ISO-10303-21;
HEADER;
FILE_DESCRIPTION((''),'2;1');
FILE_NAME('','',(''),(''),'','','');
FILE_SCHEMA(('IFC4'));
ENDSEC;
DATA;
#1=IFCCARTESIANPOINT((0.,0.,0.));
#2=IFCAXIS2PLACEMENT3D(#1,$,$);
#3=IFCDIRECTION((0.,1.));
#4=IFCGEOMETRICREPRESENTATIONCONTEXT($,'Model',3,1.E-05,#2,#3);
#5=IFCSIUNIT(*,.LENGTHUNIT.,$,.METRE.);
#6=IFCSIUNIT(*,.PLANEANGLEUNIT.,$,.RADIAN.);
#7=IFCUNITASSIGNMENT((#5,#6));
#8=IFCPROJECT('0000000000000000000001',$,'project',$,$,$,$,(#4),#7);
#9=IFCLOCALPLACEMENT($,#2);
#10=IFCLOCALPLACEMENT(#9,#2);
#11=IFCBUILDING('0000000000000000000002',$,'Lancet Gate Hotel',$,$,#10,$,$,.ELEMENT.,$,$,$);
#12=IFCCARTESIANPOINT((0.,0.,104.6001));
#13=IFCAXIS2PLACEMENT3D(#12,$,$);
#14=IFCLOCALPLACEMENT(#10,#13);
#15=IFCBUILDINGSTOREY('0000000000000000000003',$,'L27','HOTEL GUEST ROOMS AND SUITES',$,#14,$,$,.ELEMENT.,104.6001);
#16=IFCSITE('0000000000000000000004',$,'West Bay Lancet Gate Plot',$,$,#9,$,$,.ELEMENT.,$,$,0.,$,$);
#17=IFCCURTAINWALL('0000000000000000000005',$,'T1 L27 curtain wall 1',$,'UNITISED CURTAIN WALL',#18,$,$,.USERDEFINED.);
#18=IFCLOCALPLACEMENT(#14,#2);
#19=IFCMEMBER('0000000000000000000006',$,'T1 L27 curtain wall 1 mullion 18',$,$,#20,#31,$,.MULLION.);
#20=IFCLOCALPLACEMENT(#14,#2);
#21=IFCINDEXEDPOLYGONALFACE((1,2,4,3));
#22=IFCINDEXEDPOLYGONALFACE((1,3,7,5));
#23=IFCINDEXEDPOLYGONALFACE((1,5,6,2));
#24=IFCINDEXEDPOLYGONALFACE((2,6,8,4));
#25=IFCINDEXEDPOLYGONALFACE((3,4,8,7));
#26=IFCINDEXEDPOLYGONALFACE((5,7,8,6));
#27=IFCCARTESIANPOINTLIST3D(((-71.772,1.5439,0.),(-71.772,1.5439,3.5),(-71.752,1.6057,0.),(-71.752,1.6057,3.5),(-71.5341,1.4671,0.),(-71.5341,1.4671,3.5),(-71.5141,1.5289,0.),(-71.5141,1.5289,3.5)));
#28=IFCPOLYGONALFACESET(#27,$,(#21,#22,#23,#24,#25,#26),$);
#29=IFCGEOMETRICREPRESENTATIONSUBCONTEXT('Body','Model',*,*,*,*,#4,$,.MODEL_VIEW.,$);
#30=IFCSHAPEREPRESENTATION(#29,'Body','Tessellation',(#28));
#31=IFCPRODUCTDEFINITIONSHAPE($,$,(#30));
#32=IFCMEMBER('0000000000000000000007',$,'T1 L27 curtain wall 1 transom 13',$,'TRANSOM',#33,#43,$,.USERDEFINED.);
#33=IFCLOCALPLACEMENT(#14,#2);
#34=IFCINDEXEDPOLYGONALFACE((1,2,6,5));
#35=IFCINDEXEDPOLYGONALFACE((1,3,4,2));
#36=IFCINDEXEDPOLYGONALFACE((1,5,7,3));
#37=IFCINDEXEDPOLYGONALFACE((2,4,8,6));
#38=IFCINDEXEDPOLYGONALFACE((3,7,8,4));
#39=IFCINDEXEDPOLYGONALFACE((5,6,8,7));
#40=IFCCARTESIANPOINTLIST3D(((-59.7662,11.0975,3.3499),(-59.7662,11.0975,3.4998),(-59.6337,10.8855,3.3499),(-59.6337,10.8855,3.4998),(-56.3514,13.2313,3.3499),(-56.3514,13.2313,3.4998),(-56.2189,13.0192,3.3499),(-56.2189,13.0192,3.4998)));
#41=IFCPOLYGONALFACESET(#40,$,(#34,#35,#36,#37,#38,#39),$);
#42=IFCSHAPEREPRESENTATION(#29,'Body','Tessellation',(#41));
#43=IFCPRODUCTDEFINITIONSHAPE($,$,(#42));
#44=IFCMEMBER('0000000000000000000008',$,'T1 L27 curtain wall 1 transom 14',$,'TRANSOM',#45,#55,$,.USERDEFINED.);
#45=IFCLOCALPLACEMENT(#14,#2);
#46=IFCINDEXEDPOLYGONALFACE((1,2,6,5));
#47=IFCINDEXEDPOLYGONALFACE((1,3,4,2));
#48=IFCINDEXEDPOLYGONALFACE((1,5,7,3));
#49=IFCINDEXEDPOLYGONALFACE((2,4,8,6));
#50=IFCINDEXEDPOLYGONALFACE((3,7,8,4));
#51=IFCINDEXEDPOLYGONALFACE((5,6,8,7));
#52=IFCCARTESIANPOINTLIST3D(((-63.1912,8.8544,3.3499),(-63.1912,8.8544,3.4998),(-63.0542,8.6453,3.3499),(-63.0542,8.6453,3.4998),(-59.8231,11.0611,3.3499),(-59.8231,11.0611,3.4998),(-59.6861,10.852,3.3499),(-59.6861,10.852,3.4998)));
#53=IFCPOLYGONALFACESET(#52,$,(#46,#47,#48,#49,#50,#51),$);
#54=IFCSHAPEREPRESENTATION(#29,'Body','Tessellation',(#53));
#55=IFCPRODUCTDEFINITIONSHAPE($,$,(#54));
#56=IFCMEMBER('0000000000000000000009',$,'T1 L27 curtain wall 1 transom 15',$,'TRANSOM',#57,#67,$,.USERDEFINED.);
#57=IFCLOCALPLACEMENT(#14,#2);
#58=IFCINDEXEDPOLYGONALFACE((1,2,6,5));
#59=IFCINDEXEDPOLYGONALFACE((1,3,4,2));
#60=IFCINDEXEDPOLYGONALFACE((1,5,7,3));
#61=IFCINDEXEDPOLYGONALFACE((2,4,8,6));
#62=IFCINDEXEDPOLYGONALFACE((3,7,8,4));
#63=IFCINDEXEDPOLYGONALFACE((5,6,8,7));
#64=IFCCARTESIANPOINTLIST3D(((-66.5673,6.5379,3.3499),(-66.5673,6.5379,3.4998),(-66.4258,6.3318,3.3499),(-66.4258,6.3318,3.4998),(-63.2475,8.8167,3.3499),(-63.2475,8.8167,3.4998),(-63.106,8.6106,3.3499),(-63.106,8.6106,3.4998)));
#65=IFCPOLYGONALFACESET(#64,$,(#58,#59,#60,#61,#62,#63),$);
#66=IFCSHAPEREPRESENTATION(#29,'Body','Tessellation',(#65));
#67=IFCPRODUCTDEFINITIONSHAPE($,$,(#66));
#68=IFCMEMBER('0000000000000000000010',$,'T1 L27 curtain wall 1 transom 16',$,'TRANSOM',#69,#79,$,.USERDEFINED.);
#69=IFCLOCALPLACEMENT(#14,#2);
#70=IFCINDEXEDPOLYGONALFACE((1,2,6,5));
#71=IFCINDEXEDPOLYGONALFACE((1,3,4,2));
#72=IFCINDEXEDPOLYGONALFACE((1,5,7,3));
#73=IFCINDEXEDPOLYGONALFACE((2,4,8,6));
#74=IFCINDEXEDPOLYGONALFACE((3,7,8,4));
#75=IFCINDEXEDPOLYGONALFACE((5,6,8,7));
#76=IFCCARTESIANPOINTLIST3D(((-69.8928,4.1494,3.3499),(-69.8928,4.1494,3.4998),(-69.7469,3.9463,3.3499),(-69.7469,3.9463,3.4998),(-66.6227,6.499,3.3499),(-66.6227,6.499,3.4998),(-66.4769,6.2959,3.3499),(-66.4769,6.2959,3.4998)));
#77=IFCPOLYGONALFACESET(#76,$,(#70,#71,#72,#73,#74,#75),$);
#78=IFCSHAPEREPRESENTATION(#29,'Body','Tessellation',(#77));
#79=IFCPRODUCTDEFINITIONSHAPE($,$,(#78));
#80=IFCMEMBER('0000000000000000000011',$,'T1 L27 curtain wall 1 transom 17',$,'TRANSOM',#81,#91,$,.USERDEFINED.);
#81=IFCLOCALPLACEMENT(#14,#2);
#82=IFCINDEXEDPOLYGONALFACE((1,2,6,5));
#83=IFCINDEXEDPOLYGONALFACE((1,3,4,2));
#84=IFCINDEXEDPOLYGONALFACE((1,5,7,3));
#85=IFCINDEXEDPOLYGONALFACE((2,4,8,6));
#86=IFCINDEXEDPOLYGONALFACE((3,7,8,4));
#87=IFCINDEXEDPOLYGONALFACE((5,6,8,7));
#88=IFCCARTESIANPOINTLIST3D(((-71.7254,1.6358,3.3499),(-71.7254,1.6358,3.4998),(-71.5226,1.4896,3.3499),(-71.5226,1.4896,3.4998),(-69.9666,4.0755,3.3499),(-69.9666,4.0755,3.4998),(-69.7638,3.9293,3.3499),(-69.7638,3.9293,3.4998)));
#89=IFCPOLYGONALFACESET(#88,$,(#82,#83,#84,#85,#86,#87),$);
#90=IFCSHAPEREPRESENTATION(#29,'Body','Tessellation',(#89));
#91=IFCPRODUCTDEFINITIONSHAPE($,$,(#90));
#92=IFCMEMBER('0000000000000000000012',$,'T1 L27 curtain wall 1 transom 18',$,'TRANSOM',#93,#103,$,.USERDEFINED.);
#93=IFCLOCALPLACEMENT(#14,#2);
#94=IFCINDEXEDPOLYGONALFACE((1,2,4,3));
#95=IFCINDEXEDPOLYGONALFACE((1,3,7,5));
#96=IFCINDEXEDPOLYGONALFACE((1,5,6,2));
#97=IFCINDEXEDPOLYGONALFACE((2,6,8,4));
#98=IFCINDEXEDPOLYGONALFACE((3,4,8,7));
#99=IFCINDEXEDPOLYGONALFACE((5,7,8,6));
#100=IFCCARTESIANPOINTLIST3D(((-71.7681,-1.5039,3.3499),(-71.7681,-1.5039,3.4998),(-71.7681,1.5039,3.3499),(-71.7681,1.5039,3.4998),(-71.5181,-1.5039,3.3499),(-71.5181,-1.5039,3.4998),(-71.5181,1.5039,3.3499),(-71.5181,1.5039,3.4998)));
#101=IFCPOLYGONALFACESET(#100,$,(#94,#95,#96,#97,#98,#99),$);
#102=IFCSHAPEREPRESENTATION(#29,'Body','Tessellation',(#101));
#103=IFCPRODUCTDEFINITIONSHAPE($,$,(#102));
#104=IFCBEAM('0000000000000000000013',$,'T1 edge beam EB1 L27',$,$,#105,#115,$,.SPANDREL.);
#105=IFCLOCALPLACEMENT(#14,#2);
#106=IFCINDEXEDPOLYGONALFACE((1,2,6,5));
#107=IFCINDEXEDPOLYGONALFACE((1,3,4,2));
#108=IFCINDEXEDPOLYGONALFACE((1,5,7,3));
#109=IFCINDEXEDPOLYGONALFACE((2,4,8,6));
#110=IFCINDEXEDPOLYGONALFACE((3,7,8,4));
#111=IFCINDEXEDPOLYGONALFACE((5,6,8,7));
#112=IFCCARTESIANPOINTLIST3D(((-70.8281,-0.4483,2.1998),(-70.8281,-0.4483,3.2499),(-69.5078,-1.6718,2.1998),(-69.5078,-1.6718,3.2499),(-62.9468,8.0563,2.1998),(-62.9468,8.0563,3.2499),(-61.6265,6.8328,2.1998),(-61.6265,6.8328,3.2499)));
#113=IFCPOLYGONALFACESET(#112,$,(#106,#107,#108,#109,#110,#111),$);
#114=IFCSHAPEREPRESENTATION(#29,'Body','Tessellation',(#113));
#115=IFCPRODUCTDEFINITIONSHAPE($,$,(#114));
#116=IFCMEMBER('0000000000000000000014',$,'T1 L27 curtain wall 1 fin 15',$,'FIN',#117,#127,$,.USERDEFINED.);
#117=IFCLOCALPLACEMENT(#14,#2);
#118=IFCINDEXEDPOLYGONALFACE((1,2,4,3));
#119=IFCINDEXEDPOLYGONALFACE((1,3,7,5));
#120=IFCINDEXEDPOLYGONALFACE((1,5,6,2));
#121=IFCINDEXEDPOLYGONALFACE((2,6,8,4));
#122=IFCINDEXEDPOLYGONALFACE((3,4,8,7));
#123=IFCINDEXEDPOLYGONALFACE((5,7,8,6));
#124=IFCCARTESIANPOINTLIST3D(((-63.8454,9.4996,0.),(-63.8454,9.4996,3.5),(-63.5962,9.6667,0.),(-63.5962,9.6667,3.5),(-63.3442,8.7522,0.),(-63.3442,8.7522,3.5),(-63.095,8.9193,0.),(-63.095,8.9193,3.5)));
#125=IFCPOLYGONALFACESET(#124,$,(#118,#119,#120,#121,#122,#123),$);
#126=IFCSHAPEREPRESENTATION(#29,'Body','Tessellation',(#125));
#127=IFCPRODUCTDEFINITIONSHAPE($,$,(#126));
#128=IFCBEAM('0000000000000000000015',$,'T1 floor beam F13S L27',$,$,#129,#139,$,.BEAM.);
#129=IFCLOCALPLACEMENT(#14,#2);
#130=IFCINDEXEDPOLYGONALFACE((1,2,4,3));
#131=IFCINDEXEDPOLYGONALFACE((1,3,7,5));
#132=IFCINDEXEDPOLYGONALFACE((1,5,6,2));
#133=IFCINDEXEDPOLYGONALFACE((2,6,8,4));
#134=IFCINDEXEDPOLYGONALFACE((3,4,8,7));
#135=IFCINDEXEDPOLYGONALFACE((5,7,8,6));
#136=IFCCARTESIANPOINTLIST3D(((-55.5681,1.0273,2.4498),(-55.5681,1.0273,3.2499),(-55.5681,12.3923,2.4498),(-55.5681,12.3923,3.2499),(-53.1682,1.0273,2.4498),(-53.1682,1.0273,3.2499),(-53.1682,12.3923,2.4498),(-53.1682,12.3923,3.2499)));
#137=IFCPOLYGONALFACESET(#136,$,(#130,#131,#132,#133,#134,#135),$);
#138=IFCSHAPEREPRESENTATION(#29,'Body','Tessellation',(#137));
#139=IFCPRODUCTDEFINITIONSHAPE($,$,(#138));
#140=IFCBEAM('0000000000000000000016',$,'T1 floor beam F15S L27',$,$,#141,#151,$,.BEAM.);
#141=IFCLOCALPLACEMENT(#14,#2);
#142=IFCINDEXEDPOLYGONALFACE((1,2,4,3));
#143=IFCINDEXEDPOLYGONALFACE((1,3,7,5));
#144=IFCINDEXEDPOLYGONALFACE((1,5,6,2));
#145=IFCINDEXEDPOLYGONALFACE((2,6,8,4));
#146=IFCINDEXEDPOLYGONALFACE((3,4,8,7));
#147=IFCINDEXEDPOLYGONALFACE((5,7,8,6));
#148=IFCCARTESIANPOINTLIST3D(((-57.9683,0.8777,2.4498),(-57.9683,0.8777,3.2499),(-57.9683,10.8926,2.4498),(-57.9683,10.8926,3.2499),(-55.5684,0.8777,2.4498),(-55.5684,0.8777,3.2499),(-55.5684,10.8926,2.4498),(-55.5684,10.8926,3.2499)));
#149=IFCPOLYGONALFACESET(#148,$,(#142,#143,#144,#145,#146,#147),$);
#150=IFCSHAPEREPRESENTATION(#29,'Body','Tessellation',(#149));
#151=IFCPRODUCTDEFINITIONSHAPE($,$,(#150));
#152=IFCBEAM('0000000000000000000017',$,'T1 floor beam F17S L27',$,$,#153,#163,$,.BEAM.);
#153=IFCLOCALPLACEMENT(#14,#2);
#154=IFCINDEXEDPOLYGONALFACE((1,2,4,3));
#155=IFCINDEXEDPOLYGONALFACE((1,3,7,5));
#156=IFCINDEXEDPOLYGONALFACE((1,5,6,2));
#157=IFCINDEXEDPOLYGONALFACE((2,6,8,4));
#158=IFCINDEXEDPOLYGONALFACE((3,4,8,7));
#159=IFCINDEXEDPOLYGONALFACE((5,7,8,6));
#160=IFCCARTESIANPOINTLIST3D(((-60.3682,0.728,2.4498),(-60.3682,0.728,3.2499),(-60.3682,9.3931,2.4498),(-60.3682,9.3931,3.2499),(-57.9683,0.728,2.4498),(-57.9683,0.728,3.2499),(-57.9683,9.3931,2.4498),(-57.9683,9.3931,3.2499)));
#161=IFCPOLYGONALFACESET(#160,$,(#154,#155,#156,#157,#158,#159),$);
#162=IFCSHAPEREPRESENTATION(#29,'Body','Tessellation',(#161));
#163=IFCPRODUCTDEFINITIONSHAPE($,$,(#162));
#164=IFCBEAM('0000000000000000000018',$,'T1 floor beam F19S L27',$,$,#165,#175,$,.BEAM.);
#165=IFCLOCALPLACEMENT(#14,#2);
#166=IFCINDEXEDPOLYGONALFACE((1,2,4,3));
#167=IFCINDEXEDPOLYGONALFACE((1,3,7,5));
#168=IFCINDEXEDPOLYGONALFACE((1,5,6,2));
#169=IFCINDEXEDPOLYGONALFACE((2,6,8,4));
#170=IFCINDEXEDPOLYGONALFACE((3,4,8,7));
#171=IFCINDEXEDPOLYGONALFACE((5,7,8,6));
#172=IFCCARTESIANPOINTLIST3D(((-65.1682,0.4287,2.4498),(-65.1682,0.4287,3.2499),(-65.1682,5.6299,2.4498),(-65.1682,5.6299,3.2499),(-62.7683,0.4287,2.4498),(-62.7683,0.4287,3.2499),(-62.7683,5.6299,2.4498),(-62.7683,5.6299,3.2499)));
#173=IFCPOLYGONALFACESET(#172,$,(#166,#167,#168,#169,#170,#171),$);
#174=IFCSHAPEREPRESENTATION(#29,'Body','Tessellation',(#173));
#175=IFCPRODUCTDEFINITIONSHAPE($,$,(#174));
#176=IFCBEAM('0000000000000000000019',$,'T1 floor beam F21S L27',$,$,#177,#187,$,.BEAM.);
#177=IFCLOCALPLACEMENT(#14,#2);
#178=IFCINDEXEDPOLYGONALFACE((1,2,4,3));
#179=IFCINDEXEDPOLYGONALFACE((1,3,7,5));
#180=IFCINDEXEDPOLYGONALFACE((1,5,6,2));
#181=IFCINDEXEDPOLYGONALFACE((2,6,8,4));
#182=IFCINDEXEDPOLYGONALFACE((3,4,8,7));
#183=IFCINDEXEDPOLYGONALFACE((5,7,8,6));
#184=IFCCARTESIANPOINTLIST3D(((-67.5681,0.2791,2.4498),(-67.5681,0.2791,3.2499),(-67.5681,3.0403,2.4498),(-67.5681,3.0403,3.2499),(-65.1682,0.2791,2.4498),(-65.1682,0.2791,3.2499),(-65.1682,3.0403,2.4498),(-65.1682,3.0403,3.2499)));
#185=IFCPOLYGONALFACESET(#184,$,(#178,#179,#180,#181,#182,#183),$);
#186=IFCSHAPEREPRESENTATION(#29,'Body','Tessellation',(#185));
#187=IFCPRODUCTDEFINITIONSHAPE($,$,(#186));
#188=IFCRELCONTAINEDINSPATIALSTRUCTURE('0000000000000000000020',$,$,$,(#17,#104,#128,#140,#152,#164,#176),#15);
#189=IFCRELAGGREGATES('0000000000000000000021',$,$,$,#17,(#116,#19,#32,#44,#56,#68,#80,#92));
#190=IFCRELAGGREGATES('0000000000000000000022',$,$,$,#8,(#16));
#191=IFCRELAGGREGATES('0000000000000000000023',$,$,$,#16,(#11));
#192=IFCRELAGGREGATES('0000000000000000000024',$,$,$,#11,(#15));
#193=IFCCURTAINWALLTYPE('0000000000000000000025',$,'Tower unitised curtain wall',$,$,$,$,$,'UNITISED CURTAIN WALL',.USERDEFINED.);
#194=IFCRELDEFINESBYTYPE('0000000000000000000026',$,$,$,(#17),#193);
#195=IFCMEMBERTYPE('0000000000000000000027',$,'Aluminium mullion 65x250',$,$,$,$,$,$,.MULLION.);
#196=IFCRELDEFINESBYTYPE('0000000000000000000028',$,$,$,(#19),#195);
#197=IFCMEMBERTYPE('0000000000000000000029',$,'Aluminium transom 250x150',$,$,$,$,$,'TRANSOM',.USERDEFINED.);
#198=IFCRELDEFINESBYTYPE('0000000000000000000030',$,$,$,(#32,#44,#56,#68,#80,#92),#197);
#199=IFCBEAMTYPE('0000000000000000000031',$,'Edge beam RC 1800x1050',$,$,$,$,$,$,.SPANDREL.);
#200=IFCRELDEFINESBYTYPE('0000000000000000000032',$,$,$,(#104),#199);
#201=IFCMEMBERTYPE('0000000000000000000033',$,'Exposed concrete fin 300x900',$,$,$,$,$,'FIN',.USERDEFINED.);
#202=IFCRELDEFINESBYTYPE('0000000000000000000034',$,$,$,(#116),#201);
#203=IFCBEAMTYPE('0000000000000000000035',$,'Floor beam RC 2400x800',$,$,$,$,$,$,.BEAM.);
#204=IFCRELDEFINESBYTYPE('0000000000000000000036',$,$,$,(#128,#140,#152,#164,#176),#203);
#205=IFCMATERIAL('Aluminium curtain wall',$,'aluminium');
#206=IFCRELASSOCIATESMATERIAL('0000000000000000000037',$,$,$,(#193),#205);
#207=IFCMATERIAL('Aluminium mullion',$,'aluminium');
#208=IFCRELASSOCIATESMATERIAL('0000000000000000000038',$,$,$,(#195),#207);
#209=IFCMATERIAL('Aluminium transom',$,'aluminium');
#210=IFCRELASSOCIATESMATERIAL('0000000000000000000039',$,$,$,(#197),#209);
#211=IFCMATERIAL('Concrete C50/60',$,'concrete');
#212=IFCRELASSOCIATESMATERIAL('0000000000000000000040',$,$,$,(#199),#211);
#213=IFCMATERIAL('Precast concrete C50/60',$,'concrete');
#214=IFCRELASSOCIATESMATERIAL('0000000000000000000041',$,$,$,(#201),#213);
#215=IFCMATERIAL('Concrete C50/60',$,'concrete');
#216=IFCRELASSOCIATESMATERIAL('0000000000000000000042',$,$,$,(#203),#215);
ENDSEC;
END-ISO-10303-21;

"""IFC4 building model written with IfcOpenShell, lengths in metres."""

from ifc_helpers import new_model, si_unit, direction, frame, origin, origin_2d, place, context, subcontext, project, spatial, rectangle, extrude, material, material_profile, profile_set, type_object, element, aggregate, save


model = new_model("IFC4")

# Units and contexts
model_context = context("Model", 3, precision=1e-05, world=origin(), true_north=direction((0.0, 1.0)))
body_context = subcontext(model_context, "Body", "Model", "MODEL_VIEW")
ifc_project = project(units=[si_unit("LENGTHUNIT", "METRE"), si_unit("PLANEANGLEUNIT", "RADIAN")], contexts=[model_context])

# Site, building, storey
site_placement = place(None, origin())
site = spatial("IfcSite", under=ifc_project, at=site_placement, Name="West Bay Lancet Gate Plot", CompositionType="ELEMENT", RefElevation=0.0)
building_placement = place(site_placement, origin())
building = spatial("IfcBuilding", under=site, at=building_placement, Name="Lancet Gate Hotel", CompositionType="ELEMENT")
storey_placement = place(building_placement, frame((0.0, 0.0, 104.6001)))
storey = spatial("IfcBuildingStorey", under=building, at=storey_placement, Name="L27", Description="HOTEL GUEST ROOMS AND SUITES", CompositionType="ELEMENT", Elevation=104.6001)

# Curtain wall, members
ifc_material_1 = material(Name="Aluminium curtain wall", Category="aluminium")
curtain_wall_type = type_object("IfcCurtainWallType", Name="Tower unitised curtain wall", ElementType="UNITISED CURTAIN WALL", PredefinedType="USERDEFINED", material=ifc_material_1)
curtain_wall_placement = place(storey_placement, origin())
curtain_wall = element("IfcCurtainWall", 1, at=curtain_wall_placement, inside=storey, type_object=curtain_wall_type, Name="T1 L27 curtain wall 1", ObjectType="UNITISED CURTAIN WALL", PredefinedType="USERDEFINED")
ifc_material_2 = material(Name="Aluminium mullion", Category="aluminium")
ifc_material_profile_1 = material_profile(ifc_material_2, rectangle(XDim=0.0649, YDim=0.25, at=origin_2d()), Name="MULLION 65x250")
ifc_profile_set_1 = profile_set([ifc_material_profile_1], Name="Aluminium mullion")
member_type_1 = type_object("IfcMemberType", Name="Aluminium mullion 65x250", PredefinedType="MULLION", material=ifc_profile_set_1)
member_1_placement = place(storey_placement, frame((-71.6431, 1.5364, 0.0), z_axis=(0.0, 0.0, 1.0), x_axis=(-0.307269, -0.951623, 0.0)))
member_1 = element("IfcMember", 2, at=member_1_placement, type_object=member_type_1, Name="T1 L27 curtain wall 1 mullion 18", PredefinedType="MULLION", context=body_context, shape_type="SweptSolid", body=[
    extrude(rectangle(XDim=0.0649, YDim=0.25, at=origin_2d()), origin(), (0.0, 0.0, 1.0), 3.5),
])
ifc_material_3 = material(Name="Aluminium transom", Category="aluminium")
ifc_material_profile_2 = material_profile(ifc_material_3, rectangle(XDim=0.25, YDim=0.1499, at=origin_2d()), Name="TRANSOM 250x150")
ifc_profile_set_2 = profile_set([ifc_material_profile_2], Name="Aluminium transom")
member_type_2 = type_object("IfcMemberType", Name="Aluminium transom 250x150", ElementType="TRANSOM", PredefinedType="USERDEFINED", material=ifc_profile_set_2)
member_2_placement = place(storey_placement, frame((-56.2852, 13.1252, 3.4248), z_axis=(-0.848049, -0.529917, 0.0), x_axis=(0.529917, -0.848049, 0.0)))
member_2 = element("IfcMember", 3, at=member_2_placement, type_object=member_type_2, Name="T1 L27 curtain wall 1 transom 13", ObjectType="TRANSOM", PredefinedType="USERDEFINED", context=body_context, shape_type="SweptSolid", body=[
    extrude(rectangle(XDim=0.25, YDim=0.1499, at=origin_2d()), origin(), (0.0, 0.0, 1.0), 4.0266),
])
member_3_placement = place(storey_placement, frame((-59.7546, 10.9565, 3.4248), z_axis=(-0.836454, -0.548036, 0.0), x_axis=(0.548036, -0.836454, 0.0)))
member_3 = element("IfcMember", 4, at=member_3_placement, type_object=member_type_2, Name="T1 L27 curtain wall 1 transom 14", ObjectType="TRANSOM", PredefinedType="USERDEFINED", context=body_context, shape_type="SweptSolid", body=[
    extrude(rectangle(XDim=0.25, YDim=0.1499, at=origin_2d()), origin(), (0.0, 0.0, 1.0), 4.0266),
])
member_4_placement = place(storey_placement, frame((-63.1768, 8.7136, 3.4248), z_axis=(-0.824456, -0.565927, 0.0), x_axis=(0.565927, -0.824456, 0.0)))
member_4 = element("IfcMember", 5, at=member_4_placement, type_object=member_type_2, Name="T1 L27 curtain wall 1 transom 15", ObjectType="TRANSOM", PredefinedType="USERDEFINED", context=body_context, shape_type="SweptSolid", body=[
    extrude(rectangle(XDim=0.25, YDim=0.1499, at=origin_2d()), origin(), (0.0, 0.0, 1.0), 4.0266),
])
member_5_placement = place(storey_placement, frame((-66.5498, 6.3975, 3.4248), z_axis=(-0.8121, -0.583519, 0.0), x_axis=(0.583519, -0.8121, 0.0)))
member_5 = element("IfcMember", 6, at=member_5_placement, type_object=member_type_2, Name="T1 L27 curtain wall 1 transom 16", ObjectType="TRANSOM", PredefinedType="USERDEFINED", context=body_context, shape_type="SweptSolid", body=[
    extrude(rectangle(XDim=0.25, YDim=0.1499, at=origin_2d()), origin(), (0.0, 0.0, 1.0), 4.0266),
])
member_6_placement = place(storey_placement, frame((-69.8652, 4.0024, 3.4248), z_axis=(-0.584788, -0.811186, 0.0), x_axis=(0.811186, -0.584788, 0.0)))
member_6 = element("IfcMember", 7, at=member_6_placement, type_object=member_type_2, Name="T1 L27 curtain wall 1 transom 17", ObjectType="TRANSOM", PredefinedType="USERDEFINED", context=body_context, shape_type="SweptSolid", body=[
    extrude(rectangle(XDim=0.25, YDim=0.1499, at=origin_2d()), origin(), (0.0, 0.0, 1.0), 3.0076),
])
member_7_placement = place(storey_placement, frame((-71.6431, 1.5039, 3.4248), z_axis=(0.0, -1.0, 0.0), x_axis=(1.0, 0.0, 0.0)))
member_7 = element("IfcMember", 8, at=member_7_placement, type_object=member_type_2, Name="T1 L27 curtain wall 1 transom 18", ObjectType="TRANSOM", PredefinedType="USERDEFINED", context=body_context, shape_type="SweptSolid", body=[
    extrude(rectangle(XDim=0.25, YDim=0.1499, at=origin_2d()), origin(), (0.0, 0.0, 1.0), 3.0078),
])

# Beam
ifc_material_4 = material(Name="Concrete C50/60", Category="concrete")
ifc_material_profile_3 = material_profile(ifc_material_4, rectangle(XDim=1.8, YDim=1.05, at=origin_2d()), Name="RC 1800x1050")
ifc_profile_set_3 = profile_set([ifc_material_profile_3], Name="Concrete C50/60")
beam_type_1 = type_object("IfcBeamType", Name="Edge beam RC 1800x1050", PredefinedType="SPANDREL", material=ifc_profile_set_3)
beam_1_placement = place(storey_placement, frame((-62.2866, 7.4446, 2.7249), z_axis=(-0.679718, -0.733473, 0.0), x_axis=(0.733473, -0.679718, 0.0)))
element("IfcBeam", 9, at=beam_1_placement, inside=storey, type_object=beam_type_1, Name="T1 edge beam EB1 L27", PredefinedType="SPANDREL", context=body_context, shape_type="SweptSolid", body=[
    extrude(rectangle(XDim=1.8, YDim=1.05, at=origin_2d()), origin(), (0.0, 0.0, 1.0), 11.595),
])

# Member
ifc_material_5 = material(Name="Precast concrete C50/60", Category="concrete")
ifc_material_profile_4 = material_profile(ifc_material_5, rectangle(XDim=0.3, YDim=0.8999, at=origin_2d()), Name="FIN 300x900")
ifc_profile_set_4 = profile_set([ifc_material_profile_4], Name="Precast concrete C50/60")
member_type_3 = type_object("IfcMemberType", Name="Exposed concrete fin 300x900", ElementType="FIN", PredefinedType="USERDEFINED", material=ifc_profile_set_4)
member_8_placement = place(storey_placement, frame((-63.4702, 9.2095, 0.0), z_axis=(0.0, 0.0, 1.0), x_axis=(-0.83051, -0.557004, 0.0)))
member_8 = element("IfcMember", 10, at=member_8_placement, type_object=member_type_3, Name="T1 L27 curtain wall 1 fin 15", ObjectType="FIN", PredefinedType="USERDEFINED", context=body_context, shape_type="SweptSolid", body=[
    extrude(rectangle(XDim=0.3, YDim=0.8999, at=origin_2d()), origin(), (0.0, 0.0, 1.0), 3.5),
])

# Beams
ifc_material_6 = material(Name="Concrete C50/60", Category="concrete")
ifc_material_profile_5 = material_profile(ifc_material_6, rectangle(XDim=2.3999, YDim=0.8, at=origin_2d()), Name="RC 2400x800")
ifc_profile_set_5 = profile_set([ifc_material_profile_5], Name="Concrete C50/60")
beam_type_2 = type_object("IfcBeamType", Name="Floor beam RC 2400x800", PredefinedType="BEAM", material=ifc_profile_set_5)
beam_2_placement = place(storey_placement, frame((-54.3682, 12.3923, 2.8499), z_axis=(0.0, -1.0, 0.0), x_axis=(1.0, 0.0, 0.0)))
element("IfcBeam", 11, at=beam_2_placement, inside=storey, type_object=beam_type_2, Name="T1 floor beam F13S L27", PredefinedType="BEAM", context=body_context, shape_type="SweptSolid", body=[
    extrude(rectangle(XDim=2.3999, YDim=0.8, at=origin_2d()), origin(), (0.0, 0.0, 1.0), 11.365),
])
beam_3_placement = place(storey_placement, frame((-56.7683, 10.8926, 2.8499), z_axis=(0.0, -1.0, 0.0), x_axis=(1.0, 0.0, 0.0)))
element("IfcBeam", 12, at=beam_3_placement, inside=storey, type_object=beam_type_2, Name="T1 floor beam F15S L27", PredefinedType="BEAM", context=body_context, shape_type="SweptSolid", body=[
    extrude(rectangle(XDim=2.3999, YDim=0.8, at=origin_2d()), origin(), (0.0, 0.0, 1.0), 10.0149),
])
beam_4_placement = place(storey_placement, frame((-59.1682, 9.3931, 2.8499), z_axis=(0.0, -1.0, 0.0), x_axis=(1.0, 0.0, 0.0)))
element("IfcBeam", 13, at=beam_4_placement, inside=storey, type_object=beam_type_2, Name="T1 floor beam F17S L27", PredefinedType="BEAM", context=body_context, shape_type="SweptSolid", body=[
    extrude(rectangle(XDim=2.3999, YDim=0.8, at=origin_2d()), origin(), (0.0, 0.0, 1.0), 8.665),
])
beam_5_placement = place(storey_placement, frame((-63.9683, 5.6299, 2.8499), z_axis=(0.0, -1.0, 0.0), x_axis=(1.0, 0.0, 0.0)))
element("IfcBeam", 14, at=beam_5_placement, inside=storey, type_object=beam_type_2, Name="T1 floor beam F19S L27", PredefinedType="BEAM", context=body_context, shape_type="SweptSolid", body=[
    extrude(rectangle(XDim=2.3999, YDim=0.8, at=origin_2d()), origin(), (0.0, 0.0, 1.0), 5.2012),
])
beam_6_placement = place(storey_placement, frame((-66.3682, 3.0403, 2.8499), z_axis=(0.0, -1.0, 0.0), x_axis=(1.0, 0.0, 0.0)))
element("IfcBeam", 15, at=beam_6_placement, inside=storey, type_object=beam_type_2, Name="T1 floor beam F21S L27", PredefinedType="BEAM", context=body_context, shape_type="SweptSolid", body=[
    extrude(rectangle(XDim=2.3999, YDim=0.8, at=origin_2d()), origin(), (0.0, 0.0, 1.0), 2.7612),
])

aggregate(curtain_wall, [member_8, member_1, member_2, member_3, member_4, member_5, member_6, member_7])

save(model, "model.ifc")
